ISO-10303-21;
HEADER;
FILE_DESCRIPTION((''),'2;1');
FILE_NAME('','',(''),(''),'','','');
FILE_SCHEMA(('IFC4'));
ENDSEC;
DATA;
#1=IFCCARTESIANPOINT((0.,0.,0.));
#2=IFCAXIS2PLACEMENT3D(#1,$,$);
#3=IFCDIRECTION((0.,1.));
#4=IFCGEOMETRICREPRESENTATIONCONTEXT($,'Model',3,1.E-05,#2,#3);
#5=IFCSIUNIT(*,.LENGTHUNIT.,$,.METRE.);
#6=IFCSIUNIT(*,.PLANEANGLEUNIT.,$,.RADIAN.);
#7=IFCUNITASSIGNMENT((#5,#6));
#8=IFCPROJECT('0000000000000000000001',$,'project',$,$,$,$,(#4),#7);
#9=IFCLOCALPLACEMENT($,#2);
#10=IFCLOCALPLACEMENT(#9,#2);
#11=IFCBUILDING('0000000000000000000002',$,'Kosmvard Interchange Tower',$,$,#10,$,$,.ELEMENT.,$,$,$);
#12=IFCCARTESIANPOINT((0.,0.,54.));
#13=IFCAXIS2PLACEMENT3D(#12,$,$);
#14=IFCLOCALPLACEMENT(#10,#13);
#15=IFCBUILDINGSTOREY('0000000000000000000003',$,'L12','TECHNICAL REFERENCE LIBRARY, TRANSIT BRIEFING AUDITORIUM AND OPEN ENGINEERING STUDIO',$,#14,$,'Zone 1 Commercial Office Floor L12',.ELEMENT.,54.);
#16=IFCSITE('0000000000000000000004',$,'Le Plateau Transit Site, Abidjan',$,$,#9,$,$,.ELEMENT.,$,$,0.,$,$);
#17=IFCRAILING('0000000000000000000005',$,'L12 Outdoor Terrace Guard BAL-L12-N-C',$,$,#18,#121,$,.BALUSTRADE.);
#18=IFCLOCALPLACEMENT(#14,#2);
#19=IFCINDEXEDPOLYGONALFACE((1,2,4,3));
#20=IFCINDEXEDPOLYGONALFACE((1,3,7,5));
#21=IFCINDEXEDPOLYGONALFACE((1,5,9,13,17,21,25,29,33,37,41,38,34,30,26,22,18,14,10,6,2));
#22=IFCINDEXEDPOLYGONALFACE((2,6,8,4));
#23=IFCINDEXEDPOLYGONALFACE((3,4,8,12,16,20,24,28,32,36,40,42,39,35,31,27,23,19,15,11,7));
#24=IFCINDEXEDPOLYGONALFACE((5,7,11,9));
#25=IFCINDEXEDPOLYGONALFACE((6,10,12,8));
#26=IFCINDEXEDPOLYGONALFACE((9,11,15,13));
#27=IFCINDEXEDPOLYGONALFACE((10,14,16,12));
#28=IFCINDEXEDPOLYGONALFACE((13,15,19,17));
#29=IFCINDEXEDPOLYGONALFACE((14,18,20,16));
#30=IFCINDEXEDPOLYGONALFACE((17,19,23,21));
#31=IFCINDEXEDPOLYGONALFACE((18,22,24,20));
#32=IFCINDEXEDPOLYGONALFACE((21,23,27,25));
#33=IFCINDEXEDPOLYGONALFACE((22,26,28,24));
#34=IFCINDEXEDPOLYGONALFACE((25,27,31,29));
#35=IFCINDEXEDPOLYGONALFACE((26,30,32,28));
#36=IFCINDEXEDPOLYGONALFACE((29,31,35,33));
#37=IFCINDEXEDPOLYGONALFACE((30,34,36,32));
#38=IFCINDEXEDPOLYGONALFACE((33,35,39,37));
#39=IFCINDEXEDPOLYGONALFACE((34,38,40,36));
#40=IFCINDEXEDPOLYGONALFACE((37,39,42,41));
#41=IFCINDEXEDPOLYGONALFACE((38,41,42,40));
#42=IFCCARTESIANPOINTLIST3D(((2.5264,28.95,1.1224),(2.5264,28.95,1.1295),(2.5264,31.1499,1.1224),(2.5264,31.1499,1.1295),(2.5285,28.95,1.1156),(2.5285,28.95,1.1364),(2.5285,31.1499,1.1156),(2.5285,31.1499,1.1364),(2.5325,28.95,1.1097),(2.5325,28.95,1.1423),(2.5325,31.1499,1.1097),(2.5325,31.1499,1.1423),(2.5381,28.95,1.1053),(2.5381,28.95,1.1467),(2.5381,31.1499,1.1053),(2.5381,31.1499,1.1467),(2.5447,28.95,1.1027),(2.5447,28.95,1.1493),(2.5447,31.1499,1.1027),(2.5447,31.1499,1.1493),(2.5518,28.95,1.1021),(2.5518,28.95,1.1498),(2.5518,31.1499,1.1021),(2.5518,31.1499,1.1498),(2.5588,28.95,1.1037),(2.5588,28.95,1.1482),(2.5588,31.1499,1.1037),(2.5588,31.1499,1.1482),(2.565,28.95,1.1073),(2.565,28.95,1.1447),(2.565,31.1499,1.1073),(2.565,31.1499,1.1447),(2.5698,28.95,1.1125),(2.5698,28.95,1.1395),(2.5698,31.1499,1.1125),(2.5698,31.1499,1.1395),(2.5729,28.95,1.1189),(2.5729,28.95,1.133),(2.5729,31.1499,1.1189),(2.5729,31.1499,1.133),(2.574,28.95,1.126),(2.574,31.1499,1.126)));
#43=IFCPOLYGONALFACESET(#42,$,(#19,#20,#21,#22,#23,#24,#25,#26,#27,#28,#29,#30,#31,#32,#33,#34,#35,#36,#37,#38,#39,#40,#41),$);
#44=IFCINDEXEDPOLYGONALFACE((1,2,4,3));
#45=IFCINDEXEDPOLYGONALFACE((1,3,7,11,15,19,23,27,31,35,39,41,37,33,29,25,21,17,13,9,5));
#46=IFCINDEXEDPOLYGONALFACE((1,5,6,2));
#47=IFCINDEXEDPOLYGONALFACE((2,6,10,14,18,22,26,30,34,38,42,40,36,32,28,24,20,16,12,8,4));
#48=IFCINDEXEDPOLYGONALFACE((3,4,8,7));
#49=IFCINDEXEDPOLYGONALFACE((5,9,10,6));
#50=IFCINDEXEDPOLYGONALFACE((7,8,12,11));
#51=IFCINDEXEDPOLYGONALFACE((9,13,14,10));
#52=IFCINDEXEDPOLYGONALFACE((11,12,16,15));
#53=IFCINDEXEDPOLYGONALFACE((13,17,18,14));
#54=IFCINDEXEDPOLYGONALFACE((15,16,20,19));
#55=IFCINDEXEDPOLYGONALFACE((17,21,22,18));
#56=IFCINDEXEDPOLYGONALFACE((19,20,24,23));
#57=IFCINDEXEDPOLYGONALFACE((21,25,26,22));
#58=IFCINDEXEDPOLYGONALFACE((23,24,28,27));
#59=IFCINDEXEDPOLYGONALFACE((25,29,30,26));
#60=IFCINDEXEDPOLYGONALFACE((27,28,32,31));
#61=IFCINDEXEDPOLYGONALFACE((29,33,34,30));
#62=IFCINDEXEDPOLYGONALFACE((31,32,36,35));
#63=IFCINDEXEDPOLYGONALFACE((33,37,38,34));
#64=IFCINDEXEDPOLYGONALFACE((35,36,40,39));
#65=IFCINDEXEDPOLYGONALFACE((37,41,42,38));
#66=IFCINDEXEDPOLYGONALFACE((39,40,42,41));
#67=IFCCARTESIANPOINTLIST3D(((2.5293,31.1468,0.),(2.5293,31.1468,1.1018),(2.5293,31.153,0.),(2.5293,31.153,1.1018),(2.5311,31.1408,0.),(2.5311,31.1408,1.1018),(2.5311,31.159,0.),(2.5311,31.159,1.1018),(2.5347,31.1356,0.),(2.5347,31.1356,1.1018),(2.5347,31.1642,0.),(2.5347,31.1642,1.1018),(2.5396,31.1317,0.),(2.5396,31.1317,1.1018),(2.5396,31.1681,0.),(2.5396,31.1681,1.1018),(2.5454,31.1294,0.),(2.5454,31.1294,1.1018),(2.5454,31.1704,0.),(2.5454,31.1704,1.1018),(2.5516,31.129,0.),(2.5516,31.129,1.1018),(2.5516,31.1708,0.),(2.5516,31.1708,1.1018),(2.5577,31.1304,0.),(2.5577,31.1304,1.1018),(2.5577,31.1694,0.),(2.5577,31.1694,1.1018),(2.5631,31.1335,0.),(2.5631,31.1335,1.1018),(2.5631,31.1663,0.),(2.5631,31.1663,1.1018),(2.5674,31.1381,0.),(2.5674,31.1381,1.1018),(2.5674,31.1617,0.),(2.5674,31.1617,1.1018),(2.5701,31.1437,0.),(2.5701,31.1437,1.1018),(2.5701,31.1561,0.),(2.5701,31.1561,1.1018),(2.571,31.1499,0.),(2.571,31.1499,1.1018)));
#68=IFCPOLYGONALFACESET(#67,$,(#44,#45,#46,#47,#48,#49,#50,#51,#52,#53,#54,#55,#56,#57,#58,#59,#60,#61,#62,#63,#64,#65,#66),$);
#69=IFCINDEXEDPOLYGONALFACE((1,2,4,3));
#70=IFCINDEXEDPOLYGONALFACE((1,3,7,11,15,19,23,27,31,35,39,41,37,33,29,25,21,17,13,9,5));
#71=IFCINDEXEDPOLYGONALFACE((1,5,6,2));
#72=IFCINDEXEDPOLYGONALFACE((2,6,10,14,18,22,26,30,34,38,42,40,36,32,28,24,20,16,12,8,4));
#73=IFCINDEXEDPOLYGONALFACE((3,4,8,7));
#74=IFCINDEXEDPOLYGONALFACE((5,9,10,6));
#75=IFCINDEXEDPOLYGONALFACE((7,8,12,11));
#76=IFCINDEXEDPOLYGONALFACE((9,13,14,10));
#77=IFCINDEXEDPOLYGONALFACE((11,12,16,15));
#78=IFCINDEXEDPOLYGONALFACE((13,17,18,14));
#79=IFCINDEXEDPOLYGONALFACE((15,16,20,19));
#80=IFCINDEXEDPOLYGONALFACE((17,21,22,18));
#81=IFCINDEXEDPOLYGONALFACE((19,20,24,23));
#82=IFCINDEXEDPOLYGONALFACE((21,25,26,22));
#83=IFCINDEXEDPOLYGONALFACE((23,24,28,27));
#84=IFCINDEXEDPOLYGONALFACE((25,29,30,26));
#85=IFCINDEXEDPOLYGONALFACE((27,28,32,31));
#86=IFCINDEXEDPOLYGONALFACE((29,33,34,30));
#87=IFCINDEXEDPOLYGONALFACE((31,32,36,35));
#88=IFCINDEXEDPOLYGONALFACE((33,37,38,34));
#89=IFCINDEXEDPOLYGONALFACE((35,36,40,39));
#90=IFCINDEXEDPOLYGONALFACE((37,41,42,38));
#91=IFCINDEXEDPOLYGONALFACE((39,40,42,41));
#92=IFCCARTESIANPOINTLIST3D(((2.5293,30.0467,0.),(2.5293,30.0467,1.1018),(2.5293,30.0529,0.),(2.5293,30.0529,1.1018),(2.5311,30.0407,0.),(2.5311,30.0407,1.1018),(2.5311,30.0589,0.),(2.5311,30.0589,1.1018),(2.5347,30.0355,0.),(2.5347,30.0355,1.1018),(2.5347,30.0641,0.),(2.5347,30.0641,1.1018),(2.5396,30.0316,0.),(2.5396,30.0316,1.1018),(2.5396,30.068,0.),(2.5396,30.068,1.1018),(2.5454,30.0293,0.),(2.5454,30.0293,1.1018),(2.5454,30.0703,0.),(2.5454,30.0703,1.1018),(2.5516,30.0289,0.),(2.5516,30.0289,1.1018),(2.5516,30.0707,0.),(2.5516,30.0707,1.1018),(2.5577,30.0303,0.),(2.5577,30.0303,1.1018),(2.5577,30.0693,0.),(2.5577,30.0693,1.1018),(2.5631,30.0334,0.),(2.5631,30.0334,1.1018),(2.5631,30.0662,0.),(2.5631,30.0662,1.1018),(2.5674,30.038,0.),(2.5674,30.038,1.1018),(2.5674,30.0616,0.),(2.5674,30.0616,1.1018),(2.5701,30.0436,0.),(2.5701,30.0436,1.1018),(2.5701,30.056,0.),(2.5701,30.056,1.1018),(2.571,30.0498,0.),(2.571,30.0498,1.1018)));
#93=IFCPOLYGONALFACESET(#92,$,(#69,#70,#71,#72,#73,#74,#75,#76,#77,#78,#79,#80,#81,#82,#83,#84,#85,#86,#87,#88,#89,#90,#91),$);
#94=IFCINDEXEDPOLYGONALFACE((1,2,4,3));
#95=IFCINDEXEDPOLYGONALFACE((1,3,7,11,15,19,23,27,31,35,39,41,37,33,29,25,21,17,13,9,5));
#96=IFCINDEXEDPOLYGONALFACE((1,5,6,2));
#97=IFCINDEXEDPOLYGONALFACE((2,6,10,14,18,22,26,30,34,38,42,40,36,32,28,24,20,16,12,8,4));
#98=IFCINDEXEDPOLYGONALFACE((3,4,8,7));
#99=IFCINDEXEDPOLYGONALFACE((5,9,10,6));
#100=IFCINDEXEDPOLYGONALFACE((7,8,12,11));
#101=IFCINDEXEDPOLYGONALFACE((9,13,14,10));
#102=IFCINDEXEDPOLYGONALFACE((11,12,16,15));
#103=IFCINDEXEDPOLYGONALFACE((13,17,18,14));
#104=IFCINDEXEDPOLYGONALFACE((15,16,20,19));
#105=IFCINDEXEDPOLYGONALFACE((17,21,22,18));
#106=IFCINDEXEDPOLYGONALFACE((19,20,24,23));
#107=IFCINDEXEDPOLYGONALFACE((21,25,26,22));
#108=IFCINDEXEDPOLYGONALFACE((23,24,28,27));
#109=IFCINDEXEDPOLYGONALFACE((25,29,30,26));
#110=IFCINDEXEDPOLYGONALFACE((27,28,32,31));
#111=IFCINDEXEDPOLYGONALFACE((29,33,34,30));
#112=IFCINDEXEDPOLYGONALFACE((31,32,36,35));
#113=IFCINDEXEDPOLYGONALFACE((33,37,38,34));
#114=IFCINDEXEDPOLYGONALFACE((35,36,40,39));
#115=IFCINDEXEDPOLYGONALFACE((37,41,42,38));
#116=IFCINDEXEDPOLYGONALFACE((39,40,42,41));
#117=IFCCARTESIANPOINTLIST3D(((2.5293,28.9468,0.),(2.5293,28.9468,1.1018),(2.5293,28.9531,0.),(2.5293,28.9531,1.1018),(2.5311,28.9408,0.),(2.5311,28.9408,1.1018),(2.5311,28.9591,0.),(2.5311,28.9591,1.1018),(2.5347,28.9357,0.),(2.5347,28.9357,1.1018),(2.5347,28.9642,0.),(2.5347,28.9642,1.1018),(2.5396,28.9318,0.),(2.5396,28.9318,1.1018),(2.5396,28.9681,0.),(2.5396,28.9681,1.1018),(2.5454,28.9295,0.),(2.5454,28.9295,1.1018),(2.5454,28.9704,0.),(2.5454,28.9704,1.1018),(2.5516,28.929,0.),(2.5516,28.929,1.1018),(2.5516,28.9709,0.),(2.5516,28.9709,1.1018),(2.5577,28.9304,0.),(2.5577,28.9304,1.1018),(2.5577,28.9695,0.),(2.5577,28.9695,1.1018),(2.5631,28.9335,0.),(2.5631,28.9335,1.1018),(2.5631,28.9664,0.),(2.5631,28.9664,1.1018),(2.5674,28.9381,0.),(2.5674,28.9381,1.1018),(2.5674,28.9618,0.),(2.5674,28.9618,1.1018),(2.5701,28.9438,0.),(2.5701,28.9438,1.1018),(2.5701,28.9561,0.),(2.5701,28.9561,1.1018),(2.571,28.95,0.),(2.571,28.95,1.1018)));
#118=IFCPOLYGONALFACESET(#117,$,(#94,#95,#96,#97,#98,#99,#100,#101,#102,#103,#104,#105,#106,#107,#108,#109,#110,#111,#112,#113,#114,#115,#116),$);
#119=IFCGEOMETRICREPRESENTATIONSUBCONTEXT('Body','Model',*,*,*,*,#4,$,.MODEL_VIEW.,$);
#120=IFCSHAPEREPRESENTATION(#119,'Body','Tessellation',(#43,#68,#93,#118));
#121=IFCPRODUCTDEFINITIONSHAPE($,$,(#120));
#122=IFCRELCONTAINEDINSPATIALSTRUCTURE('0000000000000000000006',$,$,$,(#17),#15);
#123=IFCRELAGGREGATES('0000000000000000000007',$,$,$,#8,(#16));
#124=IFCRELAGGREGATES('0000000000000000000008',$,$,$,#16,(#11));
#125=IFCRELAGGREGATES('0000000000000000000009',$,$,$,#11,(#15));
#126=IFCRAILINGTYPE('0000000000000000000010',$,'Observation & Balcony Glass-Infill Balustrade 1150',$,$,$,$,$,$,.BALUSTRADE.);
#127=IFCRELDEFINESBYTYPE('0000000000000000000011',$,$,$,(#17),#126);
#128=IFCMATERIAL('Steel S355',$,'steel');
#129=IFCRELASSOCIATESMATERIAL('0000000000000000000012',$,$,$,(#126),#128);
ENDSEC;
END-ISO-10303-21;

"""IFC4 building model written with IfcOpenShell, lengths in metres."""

from ifc_helpers import new_model, si_unit, direction, frame, origin, origin_2d, place, context, subcontext, project, spatial, circle, extrude, source, transform, mapped, material, type_object, element, save


model = new_model("IFC4")

# Units and contexts
model_context = context("Model", 3, precision=1e-05, world=origin(), true_north=direction((0.0, 1.0)))
body_context = subcontext(model_context, "Body", "Model", "MODEL_VIEW")
ifc_project = project(units=[si_unit("LENGTHUNIT", "METRE"), si_unit("PLANEANGLEUNIT", "RADIAN")], contexts=[model_context])

# Site, building, storey
site_placement = place(None, origin())
site = spatial("IfcSite", under=ifc_project, at=site_placement, Name="Le Plateau Transit Site, Abidjan", CompositionType="ELEMENT", RefElevation=0.0)
building_placement = place(site_placement, origin())
building = spatial("IfcBuilding", under=site, at=building_placement, Name="Kosmvard Interchange Tower", CompositionType="ELEMENT")
storey_placement = place(building_placement, frame((0.0, 0.0, 54.0)))
storey = spatial("IfcBuildingStorey", under=building, at=storey_placement, Name="L12", Description="TECHNICAL REFERENCE LIBRARY, TRANSIT BRIEFING AUDITORIUM AND OPEN ENGINEERING STUDIO", LongName="Zone 1 Commercial Office Floor L12", CompositionType="ELEMENT", Elevation=54.0)

# Shared definitions
ifc_material_1 = material(Name="Steel S355", Category="steel")

# Railing
railing_type = type_object("IfcRailingType", Name="Observation & Balcony Glass-Infill Balustrade 1150", PredefinedType="BALUSTRADE", material=ifc_material_1)
shared_shape_1 = source(origin(), body_context, "Body", "SweptSolid", [
    extrude(circle(Radius=0.0239, at=origin_2d()), frame((0.0, 0.0, 1.126), z_axis=(0.0, -1.0, 0.0), x_axis=(1.0, 0.0, 0.0)), (0.0, 0.0, 1.0), 2.2),
    extrude(circle(Radius=0.021, at=origin_2d()), origin(), (0.0, 0.0, 1.0), 1.1018),
    extrude(circle(Radius=0.021, at=origin_2d()), frame((0.0, -1.1001, 0.0)), (0.0, 0.0, 1.0), 1.1018),
    extrude(circle(Radius=0.021, at=origin_2d()), frame((0.0, -2.2, 0.0)), (0.0, 0.0, 1.0), 1.1018),
])
railing_1_placement = place(storey_placement, frame((2.55, 31.1499, 0.0)))
element("IfcRailing", 1, at=railing_1_placement, inside=storey, type_object=railing_type, Name="L12 Outdoor Terrace Guard BAL-L12-N-C", PredefinedType="BALUSTRADE", context=body_context, shape_type="MappedRepresentation", body=[
    mapped(shared_shape_1, transform((0.0, 0.0, 0.0), scale=1.0)),
])

save(model, "model.ifc")
